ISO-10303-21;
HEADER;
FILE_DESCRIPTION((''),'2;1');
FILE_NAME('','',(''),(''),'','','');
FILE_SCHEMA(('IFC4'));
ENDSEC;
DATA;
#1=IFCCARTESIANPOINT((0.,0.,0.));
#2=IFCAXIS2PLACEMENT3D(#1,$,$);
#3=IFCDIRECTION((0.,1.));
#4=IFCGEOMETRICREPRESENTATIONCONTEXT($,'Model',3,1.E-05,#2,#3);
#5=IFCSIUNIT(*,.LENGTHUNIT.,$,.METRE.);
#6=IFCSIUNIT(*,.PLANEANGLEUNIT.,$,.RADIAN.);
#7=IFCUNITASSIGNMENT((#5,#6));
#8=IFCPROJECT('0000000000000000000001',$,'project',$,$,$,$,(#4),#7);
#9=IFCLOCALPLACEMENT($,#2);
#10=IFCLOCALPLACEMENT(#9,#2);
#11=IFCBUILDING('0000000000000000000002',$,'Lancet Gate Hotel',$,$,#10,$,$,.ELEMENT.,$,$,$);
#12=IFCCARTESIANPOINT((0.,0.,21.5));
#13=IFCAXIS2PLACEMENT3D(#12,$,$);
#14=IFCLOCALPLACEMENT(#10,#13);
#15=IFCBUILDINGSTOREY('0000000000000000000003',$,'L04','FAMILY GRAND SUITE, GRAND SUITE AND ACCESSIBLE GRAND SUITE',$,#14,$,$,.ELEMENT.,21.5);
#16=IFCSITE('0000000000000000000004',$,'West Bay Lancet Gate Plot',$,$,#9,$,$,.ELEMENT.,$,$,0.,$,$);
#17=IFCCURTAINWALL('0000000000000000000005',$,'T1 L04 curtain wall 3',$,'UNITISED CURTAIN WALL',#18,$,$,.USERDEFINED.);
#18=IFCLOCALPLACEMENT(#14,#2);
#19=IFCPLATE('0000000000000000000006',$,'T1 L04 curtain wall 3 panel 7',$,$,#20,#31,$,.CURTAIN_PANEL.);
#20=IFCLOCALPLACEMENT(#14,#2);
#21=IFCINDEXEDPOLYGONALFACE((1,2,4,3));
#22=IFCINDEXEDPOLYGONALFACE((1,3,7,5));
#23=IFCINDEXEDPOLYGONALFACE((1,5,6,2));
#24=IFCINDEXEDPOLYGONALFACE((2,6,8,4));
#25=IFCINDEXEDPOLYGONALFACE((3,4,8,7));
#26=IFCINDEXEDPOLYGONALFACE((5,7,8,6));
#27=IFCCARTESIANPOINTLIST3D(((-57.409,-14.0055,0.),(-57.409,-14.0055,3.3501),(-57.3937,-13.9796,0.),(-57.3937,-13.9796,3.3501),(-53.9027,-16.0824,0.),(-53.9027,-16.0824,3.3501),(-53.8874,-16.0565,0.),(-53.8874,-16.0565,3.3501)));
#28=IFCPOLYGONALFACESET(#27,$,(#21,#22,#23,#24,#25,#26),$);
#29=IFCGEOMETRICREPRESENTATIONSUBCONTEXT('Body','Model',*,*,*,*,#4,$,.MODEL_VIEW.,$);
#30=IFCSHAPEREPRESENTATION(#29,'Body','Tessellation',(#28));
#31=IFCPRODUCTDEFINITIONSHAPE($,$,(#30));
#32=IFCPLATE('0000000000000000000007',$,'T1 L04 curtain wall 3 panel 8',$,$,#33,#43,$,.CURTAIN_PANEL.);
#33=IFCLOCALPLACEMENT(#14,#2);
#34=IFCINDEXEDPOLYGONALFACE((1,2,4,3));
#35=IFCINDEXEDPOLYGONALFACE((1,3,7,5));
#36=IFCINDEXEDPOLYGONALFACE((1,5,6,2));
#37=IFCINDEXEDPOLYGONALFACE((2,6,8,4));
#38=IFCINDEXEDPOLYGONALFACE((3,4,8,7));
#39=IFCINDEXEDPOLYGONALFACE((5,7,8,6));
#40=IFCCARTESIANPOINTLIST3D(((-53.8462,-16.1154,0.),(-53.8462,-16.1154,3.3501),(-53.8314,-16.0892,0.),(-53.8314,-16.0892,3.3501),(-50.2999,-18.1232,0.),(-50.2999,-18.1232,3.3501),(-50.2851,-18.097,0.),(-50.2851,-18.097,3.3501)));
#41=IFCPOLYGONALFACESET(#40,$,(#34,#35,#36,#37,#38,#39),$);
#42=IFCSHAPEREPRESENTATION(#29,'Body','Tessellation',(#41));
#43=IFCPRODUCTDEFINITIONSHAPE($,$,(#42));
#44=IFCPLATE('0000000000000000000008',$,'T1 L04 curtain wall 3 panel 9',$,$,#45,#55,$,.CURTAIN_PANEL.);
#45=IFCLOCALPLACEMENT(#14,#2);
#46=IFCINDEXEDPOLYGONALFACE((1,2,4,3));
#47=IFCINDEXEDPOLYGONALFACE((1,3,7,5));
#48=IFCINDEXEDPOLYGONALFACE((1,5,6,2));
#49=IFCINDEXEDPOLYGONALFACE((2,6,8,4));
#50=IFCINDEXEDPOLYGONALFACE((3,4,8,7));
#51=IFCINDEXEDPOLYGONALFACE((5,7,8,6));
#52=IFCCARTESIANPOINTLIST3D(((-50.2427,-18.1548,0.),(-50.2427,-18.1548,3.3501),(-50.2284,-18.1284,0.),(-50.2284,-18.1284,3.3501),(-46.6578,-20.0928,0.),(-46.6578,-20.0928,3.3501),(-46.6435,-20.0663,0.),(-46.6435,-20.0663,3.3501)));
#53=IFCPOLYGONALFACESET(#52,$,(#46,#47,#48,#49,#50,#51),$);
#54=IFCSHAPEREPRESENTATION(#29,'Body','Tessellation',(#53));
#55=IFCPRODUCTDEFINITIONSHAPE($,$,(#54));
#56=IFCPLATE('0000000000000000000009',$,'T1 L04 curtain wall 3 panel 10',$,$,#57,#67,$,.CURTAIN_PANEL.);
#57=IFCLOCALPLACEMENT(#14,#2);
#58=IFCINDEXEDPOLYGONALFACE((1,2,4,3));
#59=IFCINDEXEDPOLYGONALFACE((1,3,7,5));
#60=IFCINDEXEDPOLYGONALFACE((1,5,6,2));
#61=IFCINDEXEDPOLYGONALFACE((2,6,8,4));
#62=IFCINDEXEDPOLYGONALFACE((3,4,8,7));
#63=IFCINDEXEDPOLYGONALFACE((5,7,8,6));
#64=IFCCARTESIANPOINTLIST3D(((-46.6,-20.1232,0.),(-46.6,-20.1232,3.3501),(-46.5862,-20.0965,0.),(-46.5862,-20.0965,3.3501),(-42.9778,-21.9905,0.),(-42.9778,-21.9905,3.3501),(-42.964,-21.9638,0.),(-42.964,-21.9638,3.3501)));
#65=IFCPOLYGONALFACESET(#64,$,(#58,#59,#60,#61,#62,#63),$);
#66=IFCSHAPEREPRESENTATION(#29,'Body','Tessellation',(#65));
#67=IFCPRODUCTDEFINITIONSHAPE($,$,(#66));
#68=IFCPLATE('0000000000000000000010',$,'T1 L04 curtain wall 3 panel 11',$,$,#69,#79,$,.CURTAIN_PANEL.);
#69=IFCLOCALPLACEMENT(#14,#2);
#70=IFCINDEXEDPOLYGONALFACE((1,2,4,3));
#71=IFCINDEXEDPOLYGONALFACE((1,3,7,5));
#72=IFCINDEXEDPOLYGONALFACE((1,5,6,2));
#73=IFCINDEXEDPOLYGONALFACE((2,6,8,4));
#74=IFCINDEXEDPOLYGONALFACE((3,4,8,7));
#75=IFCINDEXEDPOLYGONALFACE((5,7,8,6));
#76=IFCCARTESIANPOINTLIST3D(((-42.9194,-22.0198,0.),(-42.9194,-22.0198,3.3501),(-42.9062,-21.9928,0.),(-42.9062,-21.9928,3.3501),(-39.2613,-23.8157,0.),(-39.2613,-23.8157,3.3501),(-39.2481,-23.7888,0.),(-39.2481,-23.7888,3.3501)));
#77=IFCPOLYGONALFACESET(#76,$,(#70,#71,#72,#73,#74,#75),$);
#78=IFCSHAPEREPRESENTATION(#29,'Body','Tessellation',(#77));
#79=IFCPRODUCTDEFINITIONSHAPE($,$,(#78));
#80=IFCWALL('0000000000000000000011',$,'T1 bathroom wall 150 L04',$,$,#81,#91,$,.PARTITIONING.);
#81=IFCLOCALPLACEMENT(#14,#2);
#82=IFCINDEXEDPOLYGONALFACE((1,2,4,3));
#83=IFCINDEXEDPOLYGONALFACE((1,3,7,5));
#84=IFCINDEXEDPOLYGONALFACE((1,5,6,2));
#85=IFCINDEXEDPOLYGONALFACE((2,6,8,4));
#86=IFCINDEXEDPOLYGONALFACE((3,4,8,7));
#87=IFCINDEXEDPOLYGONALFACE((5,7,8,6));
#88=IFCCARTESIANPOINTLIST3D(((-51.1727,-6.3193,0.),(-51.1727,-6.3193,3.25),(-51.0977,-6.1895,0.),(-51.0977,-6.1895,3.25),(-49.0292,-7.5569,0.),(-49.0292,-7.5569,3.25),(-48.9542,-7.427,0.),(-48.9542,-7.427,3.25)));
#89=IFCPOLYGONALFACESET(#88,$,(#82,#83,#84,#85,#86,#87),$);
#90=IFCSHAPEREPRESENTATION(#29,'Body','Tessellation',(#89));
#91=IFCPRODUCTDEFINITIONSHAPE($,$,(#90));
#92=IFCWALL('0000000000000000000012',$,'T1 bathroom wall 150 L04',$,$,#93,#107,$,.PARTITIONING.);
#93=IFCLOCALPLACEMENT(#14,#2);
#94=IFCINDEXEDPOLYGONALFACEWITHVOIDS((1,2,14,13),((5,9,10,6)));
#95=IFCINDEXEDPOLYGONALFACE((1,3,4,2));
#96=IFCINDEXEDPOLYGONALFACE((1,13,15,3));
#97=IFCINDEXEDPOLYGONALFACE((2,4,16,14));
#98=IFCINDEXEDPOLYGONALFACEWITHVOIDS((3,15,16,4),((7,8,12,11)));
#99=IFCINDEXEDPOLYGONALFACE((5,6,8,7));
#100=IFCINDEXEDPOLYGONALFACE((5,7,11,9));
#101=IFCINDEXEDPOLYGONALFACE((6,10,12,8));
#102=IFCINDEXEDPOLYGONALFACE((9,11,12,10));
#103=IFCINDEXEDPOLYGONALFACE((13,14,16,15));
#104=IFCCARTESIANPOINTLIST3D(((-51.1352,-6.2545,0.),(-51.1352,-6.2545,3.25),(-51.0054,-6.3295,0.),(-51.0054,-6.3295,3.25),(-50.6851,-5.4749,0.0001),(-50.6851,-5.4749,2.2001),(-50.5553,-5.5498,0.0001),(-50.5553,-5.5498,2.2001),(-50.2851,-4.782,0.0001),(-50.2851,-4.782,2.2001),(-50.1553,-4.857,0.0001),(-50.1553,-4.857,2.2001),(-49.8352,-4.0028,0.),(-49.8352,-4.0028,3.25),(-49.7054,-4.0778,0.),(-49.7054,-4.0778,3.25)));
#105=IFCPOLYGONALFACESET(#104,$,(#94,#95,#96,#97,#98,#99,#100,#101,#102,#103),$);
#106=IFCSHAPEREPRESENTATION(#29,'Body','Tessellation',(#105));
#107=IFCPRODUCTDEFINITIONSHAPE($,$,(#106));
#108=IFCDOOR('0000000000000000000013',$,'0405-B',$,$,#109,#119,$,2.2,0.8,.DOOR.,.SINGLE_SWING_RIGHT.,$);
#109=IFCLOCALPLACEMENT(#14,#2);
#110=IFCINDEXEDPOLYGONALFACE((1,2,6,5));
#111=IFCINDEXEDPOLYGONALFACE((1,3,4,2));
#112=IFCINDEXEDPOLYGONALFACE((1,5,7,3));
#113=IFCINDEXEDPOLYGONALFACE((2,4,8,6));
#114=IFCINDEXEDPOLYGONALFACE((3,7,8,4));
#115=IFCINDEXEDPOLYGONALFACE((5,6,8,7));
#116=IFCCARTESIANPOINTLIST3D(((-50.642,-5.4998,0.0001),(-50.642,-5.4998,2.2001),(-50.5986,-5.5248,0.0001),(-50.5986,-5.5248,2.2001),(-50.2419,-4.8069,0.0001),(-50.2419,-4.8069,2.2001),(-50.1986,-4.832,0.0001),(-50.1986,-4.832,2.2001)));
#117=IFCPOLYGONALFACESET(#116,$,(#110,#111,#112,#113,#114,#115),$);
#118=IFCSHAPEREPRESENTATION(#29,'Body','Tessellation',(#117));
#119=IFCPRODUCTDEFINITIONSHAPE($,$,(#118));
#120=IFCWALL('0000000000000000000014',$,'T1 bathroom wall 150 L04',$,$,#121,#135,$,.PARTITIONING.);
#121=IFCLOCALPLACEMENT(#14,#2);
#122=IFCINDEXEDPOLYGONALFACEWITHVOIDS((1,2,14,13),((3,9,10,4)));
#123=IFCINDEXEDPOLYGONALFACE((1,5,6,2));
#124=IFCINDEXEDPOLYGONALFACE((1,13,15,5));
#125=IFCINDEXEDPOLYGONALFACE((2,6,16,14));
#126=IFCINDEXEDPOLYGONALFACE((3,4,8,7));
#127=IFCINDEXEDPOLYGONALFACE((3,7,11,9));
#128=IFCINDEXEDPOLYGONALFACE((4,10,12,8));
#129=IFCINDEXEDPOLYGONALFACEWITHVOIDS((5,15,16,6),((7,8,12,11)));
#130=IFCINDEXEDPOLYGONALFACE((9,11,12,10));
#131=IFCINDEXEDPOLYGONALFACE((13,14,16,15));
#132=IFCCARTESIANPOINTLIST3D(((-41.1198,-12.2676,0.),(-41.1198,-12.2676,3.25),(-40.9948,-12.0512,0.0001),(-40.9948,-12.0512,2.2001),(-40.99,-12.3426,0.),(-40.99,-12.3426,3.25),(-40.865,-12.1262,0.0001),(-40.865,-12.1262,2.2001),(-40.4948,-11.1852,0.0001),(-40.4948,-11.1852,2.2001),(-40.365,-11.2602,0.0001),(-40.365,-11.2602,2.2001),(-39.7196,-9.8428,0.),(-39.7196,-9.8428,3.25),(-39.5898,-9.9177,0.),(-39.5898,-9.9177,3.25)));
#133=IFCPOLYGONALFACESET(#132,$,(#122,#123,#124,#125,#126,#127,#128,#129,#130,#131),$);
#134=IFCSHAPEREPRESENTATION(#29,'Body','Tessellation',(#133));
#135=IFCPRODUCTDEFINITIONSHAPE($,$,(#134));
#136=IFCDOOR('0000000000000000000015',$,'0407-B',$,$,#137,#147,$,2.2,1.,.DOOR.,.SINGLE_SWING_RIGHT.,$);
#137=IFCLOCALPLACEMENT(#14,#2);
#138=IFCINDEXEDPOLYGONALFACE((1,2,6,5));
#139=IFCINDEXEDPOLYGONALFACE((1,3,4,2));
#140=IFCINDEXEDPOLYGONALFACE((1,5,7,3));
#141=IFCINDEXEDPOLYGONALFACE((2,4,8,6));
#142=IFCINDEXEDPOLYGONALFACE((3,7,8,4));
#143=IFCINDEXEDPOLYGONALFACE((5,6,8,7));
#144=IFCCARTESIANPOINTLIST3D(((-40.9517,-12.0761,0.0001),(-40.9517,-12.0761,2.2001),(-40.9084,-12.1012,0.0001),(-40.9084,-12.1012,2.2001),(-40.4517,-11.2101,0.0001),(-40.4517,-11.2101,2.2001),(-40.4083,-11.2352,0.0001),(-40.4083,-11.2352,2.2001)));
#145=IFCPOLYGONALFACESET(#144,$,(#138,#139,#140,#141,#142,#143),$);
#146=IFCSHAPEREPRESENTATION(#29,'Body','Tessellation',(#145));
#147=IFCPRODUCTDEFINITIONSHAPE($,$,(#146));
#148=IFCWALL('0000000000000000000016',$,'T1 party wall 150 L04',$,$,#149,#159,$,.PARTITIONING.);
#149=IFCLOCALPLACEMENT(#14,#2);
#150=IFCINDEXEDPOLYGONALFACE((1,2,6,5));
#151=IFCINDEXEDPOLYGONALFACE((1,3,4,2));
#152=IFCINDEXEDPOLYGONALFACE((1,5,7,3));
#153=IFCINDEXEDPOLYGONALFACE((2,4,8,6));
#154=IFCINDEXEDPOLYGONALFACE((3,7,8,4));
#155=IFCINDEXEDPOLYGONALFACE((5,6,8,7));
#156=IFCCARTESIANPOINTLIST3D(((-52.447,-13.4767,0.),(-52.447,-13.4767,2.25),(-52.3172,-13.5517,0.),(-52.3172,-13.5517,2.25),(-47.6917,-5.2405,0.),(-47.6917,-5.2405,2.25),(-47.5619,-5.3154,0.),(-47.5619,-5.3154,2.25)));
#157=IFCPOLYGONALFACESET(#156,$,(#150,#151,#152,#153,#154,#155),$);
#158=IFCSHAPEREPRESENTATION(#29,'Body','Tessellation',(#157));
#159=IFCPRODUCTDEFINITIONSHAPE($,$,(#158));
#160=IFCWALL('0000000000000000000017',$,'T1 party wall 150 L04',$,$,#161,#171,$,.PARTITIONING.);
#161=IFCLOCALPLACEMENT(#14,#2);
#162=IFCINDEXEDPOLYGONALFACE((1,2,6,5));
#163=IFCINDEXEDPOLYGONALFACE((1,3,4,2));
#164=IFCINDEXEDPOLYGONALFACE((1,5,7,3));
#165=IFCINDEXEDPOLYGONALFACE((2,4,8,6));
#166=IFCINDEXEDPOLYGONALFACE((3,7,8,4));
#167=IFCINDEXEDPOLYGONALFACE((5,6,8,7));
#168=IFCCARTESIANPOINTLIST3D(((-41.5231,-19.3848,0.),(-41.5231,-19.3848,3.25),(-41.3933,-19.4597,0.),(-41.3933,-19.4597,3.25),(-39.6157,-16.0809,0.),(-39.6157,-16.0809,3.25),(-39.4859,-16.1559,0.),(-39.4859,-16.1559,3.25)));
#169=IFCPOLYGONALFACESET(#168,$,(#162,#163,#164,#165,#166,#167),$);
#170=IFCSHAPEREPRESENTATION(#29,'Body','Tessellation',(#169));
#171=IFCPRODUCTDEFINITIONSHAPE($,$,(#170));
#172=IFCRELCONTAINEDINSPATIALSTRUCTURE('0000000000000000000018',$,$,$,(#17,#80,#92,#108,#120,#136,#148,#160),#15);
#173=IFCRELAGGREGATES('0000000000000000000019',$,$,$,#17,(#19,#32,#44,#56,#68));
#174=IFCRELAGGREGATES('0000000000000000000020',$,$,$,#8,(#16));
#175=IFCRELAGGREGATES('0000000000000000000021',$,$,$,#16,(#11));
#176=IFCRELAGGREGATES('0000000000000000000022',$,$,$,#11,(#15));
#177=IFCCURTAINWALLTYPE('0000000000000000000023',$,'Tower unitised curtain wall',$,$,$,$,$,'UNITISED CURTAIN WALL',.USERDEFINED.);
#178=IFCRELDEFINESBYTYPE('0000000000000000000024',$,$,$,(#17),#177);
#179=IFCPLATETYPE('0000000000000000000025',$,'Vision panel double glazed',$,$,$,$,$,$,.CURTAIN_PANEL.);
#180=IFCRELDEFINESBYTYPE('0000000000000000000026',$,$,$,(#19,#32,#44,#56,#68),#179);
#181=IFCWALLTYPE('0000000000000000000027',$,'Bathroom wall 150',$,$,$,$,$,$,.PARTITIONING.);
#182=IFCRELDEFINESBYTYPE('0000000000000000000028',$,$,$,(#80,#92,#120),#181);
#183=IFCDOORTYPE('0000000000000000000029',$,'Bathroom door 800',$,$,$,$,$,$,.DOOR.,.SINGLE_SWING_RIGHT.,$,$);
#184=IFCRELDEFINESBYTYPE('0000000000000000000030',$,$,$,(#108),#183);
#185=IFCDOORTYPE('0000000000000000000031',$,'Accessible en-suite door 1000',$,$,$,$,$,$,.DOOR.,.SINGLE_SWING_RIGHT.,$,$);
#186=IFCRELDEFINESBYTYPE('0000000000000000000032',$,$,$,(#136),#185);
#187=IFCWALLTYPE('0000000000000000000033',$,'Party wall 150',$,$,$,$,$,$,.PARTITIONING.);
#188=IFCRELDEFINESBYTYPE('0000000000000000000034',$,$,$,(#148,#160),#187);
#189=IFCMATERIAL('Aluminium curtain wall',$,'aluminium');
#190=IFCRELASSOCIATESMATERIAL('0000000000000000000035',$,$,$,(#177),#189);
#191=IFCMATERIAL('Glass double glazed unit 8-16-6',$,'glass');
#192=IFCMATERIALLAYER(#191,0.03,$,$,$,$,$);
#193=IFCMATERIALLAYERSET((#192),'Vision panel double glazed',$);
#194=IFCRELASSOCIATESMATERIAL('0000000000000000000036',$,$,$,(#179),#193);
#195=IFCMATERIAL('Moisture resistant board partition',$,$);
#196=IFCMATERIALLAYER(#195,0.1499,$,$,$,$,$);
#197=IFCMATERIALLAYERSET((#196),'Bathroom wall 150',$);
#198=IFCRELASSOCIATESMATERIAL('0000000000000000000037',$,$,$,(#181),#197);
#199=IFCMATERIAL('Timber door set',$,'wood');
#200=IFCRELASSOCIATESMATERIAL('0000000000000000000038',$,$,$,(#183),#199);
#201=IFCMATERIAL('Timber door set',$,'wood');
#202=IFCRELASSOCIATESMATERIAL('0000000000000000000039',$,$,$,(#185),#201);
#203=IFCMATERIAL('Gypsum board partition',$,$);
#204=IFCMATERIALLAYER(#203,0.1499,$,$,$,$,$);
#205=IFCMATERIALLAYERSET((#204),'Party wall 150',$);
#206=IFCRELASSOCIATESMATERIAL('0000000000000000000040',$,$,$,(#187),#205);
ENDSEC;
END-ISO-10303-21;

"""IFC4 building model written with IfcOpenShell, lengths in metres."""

from ifc_helpers import new_model, si_unit, direction, frame, frame_2d, origin, origin_2d, place, context, subcontext, project, spatial, rectangle, extrude, material, layer, layer_set, type_object, element, fill, aggregate, save


model = new_model("IFC4")

# Units and contexts
model_context = context("Model", 3, precision=1e-05, world=origin(), true_north=direction((0.0, 1.0)))
body_context = subcontext(model_context, "Body", "Model", "MODEL_VIEW")
ifc_project = project(units=[si_unit("LENGTHUNIT", "METRE"), si_unit("PLANEANGLEUNIT", "RADIAN")], contexts=[model_context])

# Site, building, storey
site_placement = place(None, origin())
site = spatial("IfcSite", under=ifc_project, at=site_placement, Name="West Bay Lancet Gate Plot", CompositionType="ELEMENT", RefElevation=0.0)
building_placement = place(site_placement, origin())
building = spatial("IfcBuilding", under=site, at=building_placement, Name="Lancet Gate Hotel", CompositionType="ELEMENT")
storey_placement = place(building_placement, frame((0.0, 0.0, 21.5)))
storey = spatial("IfcBuildingStorey", under=building, at=storey_placement, Name="L04", Description="FAMILY GRAND SUITE, GRAND SUITE AND ACCESSIBLE GRAND SUITE", CompositionType="ELEMENT", Elevation=21.5)

# Curtain wall
ifc_material_1 = material(Name="Aluminium curtain wall", Category="aluminium")
curtain_wall_type = type_object("IfcCurtainWallType", Name="Tower unitised curtain wall", ElementType="UNITISED CURTAIN WALL", PredefinedType="USERDEFINED", material=ifc_material_1)
curtain_wall_placement = place(storey_placement, origin())
curtain_wall = element("IfcCurtainWall", 1, at=curtain_wall_placement, inside=storey, type_object=curtain_wall_type, Name="T1 L04 curtain wall 3", ObjectType="UNITISED CURTAIN WALL", PredefinedType="USERDEFINED")

# Plates
ifc_material_2 = material(Name="Glass double glazed unit 8-16-6", Category="glass")
ifc_layer_1 = layer(ifc_material_2, 0.03)
ifc_layer_set_1 = layer_set([ifc_layer_1], Name="Vision panel double glazed")
plate_type = type_object("IfcPlateType", Name="Vision panel double glazed", PredefinedType="CURTAIN_PANEL", material=ifc_layer_set_1)
plate_1_placement = place(storey_placement, frame((-55.6482, -15.031, 0.0), z_axis=(0.0, 0.0, 1.0), x_axis=(0.860382, -0.50965, 0.0)))
plate_1 = element("IfcPlate", 2, at=plate_1_placement, type_object=plate_type, Name="T1 L04 curtain wall 3 panel 7", PredefinedType="CURTAIN_PANEL", context=body_context, shape_type="SweptSolid", body=[
    extrude(rectangle(XDim=4.0752, YDim=0.03, at=origin_2d()), origin(), (0.0, 0.0, 1.0), 3.3501),
])
plate_2_placement = place(storey_placement, frame((-52.0657, -17.1062, 0.0), z_axis=(0.0, 0.0, 1.0), x_axis=(0.870205, -0.49269, 0.0)))
plate_2 = element("IfcPlate", 3, at=plate_2_placement, type_object=plate_type, Name="T1 L04 curtain wall 3 panel 8", PredefinedType="CURTAIN_PANEL", context=body_context, shape_type="SweptSolid", body=[
    extrude(rectangle(XDim=4.0752, YDim=0.03, at=origin_2d()), origin(), (0.0, 0.0, 1.0), 3.3501),
])
plate_3_placement = place(storey_placement, frame((-48.4431, -19.1106, 0.0), z_axis=(0.0, 0.0, 1.0), x_axis=(0.879693, -0.475541, 0.0)))
plate_3 = element("IfcPlate", 4, at=plate_3_placement, type_object=plate_type, Name="T1 L04 curtain wall 3 panel 9", PredefinedType="CURTAIN_PANEL", context=body_context, shape_type="SweptSolid", body=[
    extrude(rectangle(XDim=4.0752, YDim=0.03, at=origin_2d()), origin(), (0.0, 0.0, 1.0), 3.3501),
])
plate_4_placement = place(storey_placement, frame((-44.782, -21.0435, 0.0), z_axis=(0.0, 0.0, 1.0), x_axis=(0.888844, -0.45821, 0.0)))
plate_4 = element("IfcPlate", 5, at=plate_4_placement, type_object=plate_type, Name="T1 L04 curtain wall 3 panel 10", PredefinedType="CURTAIN_PANEL", context=body_context, shape_type="SweptSolid", body=[
    extrude(rectangle(XDim=4.0752, YDim=0.03, at=origin_2d()), origin(), (0.0, 0.0, 1.0), 3.3501),
])
plate_5_placement = place(storey_placement, frame((-41.0837, -22.9043, 0.0), z_axis=(0.0, 0.0, 1.0), x_axis=(0.897653, -0.440702, 0.0)))
plate_5 = element("IfcPlate", 6, at=plate_5_placement, type_object=plate_type, Name="T1 L04 curtain wall 3 panel 11", PredefinedType="CURTAIN_PANEL", context=body_context, shape_type="SweptSolid", body=[
    extrude(rectangle(XDim=4.0752, YDim=0.03, at=origin_2d()), origin(), (0.0, 0.0, 1.0), 3.3501),
])
aggregate(curtain_wall, [plate_1, plate_2, plate_3, plate_4, plate_5])

# Wall
ifc_material_3 = material(Name="Moisture resistant board partition")
ifc_layer_2 = layer(ifc_material_3, 0.1499)
ifc_layer_set_2 = layer_set([ifc_layer_2], Name="Bathroom wall 150")
wall_type_1 = type_object("IfcWallType", Name="Bathroom wall 150", PredefinedType="PARTITIONING", material=ifc_layer_set_2)
wall_1_placement = place(storey_placement, frame((-48.9917, -7.4919, 0.0), z_axis=(0.0, 0.0, 1.0), x_axis=(-0.866031, 0.49999, 0.0)))
element("IfcWall", 7, at=wall_1_placement, inside=storey, type_object=wall_type_1, Name="T1 bathroom wall 150 L04", PredefinedType="PARTITIONING", context=body_context, shape_type="SweptSolid", body=[
    extrude(rectangle(XDim=2.4751, YDim=0.1499, at=frame_2d((1.2375, 0.0))), origin(), (0.0, 0.0, 1.0), 3.25),
])

# Walls, openings, doors
wall_2_placement = place(storey_placement, frame((-49.7703, -4.0403, 0.0), z_axis=(0.0, 0.0, 1.0), x_axis=(-0.500007, -0.866021, 0.0)))
wall_2 = element("IfcWall", 8, at=wall_2_placement, inside=storey, type_object=wall_type_1, Name="T1 bathroom wall 150 L04", PredefinedType="PARTITIONING", context=body_context, shape_type="SweptSolid", body=[
    extrude(rectangle(XDim=2.6001, YDim=0.1499, at=frame_2d((1.3, 0.0))), origin(), (0.0, 0.0, 1.0), 3.25),
])
opening_1_placement = place(wall_2_placement, frame((0.8999, 0.0, 0.0)))
opening_1 = element("IfcOpeningElement", 9, at=opening_1_placement, cuts=wall_2, PredefinedType="OPENING", context=body_context, shape_type="SweptSolid", body=[
    extrude(rectangle(XDim=0.8, YDim=2.2, at=frame_2d((0.3999, 1.1001))), frame((0.0, 0.085, 0.0), z_axis=(0.0, -1.0, 0.0), x_axis=(1.0, 0.0, 0.0)), (0.0, 0.0, 1.0), 0.1699),
])
ifc_material_4 = material(Name="Timber door set", Category="wood")
door_type_1 = type_object("IfcDoorType", Name="Bathroom door 800", OperationType="SINGLE_SWING_RIGHT", PredefinedType="DOOR", material=ifc_material_4)
door_1_placement = place(opening_1_placement, origin())
door_1 = element("IfcDoor", 10, at=door_1_placement, inside=storey, type_object=door_type_1, Name="0405-B", OperationType="SINGLE_SWING_RIGHT", OverallHeight=2.2, OverallWidth=0.8, PredefinedType="DOOR", context=body_context, shape_type="SweptSolid", body=[
    extrude(rectangle(XDim=0.8, YDim=2.2, at=frame_2d((0.3999, 1.1001))), frame((0.0, 0.0249, 0.0), z_axis=(0.0, -1.0, 0.0), x_axis=(1.0, 0.0, 0.0)), (0.0, 0.0, 1.0), 0.05),
])
fill(opening_1, door_1)
wall_3_placement = place(storey_placement, frame((-39.6548, -9.8804, 0.0), z_axis=(0.0, 0.0, 1.0), x_axis=(-0.50005, -0.865997, 0.0)))
wall_3 = element("IfcWall", 11, at=wall_3_placement, inside=storey, type_object=wall_type_1, Name="T1 bathroom wall 150 L04", PredefinedType="PARTITIONING", context=body_context, shape_type="SweptSolid", body=[
    extrude(rectangle(XDim=2.8, YDim=0.1499, at=frame_2d((1.3999, 0.0))), origin(), (0.0, 0.0, 1.0), 3.25),
])
opening_2_placement = place(wall_3_placement, frame((1.55, 0.0, 0.0)))
opening_2 = element("IfcOpeningElement", 12, at=opening_2_placement, cuts=wall_3, PredefinedType="OPENING", context=body_context, shape_type="SweptSolid", body=[
    extrude(rectangle(XDim=1.0, YDim=2.2, at=frame_2d((0.5, 1.1001))), frame((0.0, 0.085, 0.0), z_axis=(0.0, -1.0, 0.0), x_axis=(1.0, 0.0, 0.0)), (0.0, 0.0, 1.0), 0.1699),
])
ifc_material_5 = material(Name="Timber door set", Category="wood")
door_type_2 = type_object("IfcDoorType", Name="Accessible en-suite door 1000", OperationType="SINGLE_SWING_RIGHT", PredefinedType="DOOR", material=ifc_material_5)
door_2_placement = place(opening_2_placement, origin())
door_2 = element("IfcDoor", 13, at=door_2_placement, inside=storey, type_object=door_type_2, Name="0407-B", OperationType="SINGLE_SWING_RIGHT", OverallHeight=2.2, OverallWidth=1.0, PredefinedType="DOOR", context=body_context, shape_type="SweptSolid", body=[
    extrude(rectangle(XDim=1.0, YDim=2.2, at=frame_2d((0.5, 1.1001))), frame((0.0, 0.0249, 0.0), z_axis=(0.0, -1.0, 0.0), x_axis=(1.0, 0.0, 0.0)), (0.0, 0.0, 1.0), 0.05),
])
fill(opening_2, door_2)

# Walls
ifc_material_6 = material(Name="Gypsum board partition")
ifc_layer_3 = layer(ifc_material_6, 0.1499)
ifc_layer_set_3 = layer_set([ifc_layer_3], Name="Party wall 150")
wall_type_2 = type_object("IfcWallType", Name="Party wall 150", PredefinedType="PARTITIONING", material=ifc_layer_set_3)
wall_4_placement = place(storey_placement, frame((-47.6267, -5.2778, 0.0), z_axis=(0.0, 0.0, 1.0), x_axis=(-0.50001, -0.86602, 0.0)))
element("IfcWall", 14, at=wall_4_placement, inside=storey, type_object=wall_type_2, Name="T1 party wall 150 L04", PredefinedType="PARTITIONING", context=body_context, shape_type="SweptSolid", body=[
    extrude(rectangle(XDim=9.5105, YDim=0.1499, at=frame_2d((4.7554, 0.0))), origin(), (0.0, 0.0, 1.0), 2.25),
])
wall_5_placement = place(storey_placement, frame((-39.5508, -16.1184, 0.0), z_axis=(0.0, 0.0, 1.0), x_axis=(-0.499987, -0.866033, 0.0)))
element("IfcWall", 15, at=wall_5_placement, inside=storey, type_object=wall_type_2, Name="T1 party wall 150 L04", PredefinedType="PARTITIONING", context=body_context, shape_type="SweptSolid", body=[
    extrude(rectangle(XDim=3.8149, YDim=0.1499, at=frame_2d((1.9075, 0.0))), origin(), (0.0, 0.0, 1.0), 3.25),
])

save(model, "model.ifc")
